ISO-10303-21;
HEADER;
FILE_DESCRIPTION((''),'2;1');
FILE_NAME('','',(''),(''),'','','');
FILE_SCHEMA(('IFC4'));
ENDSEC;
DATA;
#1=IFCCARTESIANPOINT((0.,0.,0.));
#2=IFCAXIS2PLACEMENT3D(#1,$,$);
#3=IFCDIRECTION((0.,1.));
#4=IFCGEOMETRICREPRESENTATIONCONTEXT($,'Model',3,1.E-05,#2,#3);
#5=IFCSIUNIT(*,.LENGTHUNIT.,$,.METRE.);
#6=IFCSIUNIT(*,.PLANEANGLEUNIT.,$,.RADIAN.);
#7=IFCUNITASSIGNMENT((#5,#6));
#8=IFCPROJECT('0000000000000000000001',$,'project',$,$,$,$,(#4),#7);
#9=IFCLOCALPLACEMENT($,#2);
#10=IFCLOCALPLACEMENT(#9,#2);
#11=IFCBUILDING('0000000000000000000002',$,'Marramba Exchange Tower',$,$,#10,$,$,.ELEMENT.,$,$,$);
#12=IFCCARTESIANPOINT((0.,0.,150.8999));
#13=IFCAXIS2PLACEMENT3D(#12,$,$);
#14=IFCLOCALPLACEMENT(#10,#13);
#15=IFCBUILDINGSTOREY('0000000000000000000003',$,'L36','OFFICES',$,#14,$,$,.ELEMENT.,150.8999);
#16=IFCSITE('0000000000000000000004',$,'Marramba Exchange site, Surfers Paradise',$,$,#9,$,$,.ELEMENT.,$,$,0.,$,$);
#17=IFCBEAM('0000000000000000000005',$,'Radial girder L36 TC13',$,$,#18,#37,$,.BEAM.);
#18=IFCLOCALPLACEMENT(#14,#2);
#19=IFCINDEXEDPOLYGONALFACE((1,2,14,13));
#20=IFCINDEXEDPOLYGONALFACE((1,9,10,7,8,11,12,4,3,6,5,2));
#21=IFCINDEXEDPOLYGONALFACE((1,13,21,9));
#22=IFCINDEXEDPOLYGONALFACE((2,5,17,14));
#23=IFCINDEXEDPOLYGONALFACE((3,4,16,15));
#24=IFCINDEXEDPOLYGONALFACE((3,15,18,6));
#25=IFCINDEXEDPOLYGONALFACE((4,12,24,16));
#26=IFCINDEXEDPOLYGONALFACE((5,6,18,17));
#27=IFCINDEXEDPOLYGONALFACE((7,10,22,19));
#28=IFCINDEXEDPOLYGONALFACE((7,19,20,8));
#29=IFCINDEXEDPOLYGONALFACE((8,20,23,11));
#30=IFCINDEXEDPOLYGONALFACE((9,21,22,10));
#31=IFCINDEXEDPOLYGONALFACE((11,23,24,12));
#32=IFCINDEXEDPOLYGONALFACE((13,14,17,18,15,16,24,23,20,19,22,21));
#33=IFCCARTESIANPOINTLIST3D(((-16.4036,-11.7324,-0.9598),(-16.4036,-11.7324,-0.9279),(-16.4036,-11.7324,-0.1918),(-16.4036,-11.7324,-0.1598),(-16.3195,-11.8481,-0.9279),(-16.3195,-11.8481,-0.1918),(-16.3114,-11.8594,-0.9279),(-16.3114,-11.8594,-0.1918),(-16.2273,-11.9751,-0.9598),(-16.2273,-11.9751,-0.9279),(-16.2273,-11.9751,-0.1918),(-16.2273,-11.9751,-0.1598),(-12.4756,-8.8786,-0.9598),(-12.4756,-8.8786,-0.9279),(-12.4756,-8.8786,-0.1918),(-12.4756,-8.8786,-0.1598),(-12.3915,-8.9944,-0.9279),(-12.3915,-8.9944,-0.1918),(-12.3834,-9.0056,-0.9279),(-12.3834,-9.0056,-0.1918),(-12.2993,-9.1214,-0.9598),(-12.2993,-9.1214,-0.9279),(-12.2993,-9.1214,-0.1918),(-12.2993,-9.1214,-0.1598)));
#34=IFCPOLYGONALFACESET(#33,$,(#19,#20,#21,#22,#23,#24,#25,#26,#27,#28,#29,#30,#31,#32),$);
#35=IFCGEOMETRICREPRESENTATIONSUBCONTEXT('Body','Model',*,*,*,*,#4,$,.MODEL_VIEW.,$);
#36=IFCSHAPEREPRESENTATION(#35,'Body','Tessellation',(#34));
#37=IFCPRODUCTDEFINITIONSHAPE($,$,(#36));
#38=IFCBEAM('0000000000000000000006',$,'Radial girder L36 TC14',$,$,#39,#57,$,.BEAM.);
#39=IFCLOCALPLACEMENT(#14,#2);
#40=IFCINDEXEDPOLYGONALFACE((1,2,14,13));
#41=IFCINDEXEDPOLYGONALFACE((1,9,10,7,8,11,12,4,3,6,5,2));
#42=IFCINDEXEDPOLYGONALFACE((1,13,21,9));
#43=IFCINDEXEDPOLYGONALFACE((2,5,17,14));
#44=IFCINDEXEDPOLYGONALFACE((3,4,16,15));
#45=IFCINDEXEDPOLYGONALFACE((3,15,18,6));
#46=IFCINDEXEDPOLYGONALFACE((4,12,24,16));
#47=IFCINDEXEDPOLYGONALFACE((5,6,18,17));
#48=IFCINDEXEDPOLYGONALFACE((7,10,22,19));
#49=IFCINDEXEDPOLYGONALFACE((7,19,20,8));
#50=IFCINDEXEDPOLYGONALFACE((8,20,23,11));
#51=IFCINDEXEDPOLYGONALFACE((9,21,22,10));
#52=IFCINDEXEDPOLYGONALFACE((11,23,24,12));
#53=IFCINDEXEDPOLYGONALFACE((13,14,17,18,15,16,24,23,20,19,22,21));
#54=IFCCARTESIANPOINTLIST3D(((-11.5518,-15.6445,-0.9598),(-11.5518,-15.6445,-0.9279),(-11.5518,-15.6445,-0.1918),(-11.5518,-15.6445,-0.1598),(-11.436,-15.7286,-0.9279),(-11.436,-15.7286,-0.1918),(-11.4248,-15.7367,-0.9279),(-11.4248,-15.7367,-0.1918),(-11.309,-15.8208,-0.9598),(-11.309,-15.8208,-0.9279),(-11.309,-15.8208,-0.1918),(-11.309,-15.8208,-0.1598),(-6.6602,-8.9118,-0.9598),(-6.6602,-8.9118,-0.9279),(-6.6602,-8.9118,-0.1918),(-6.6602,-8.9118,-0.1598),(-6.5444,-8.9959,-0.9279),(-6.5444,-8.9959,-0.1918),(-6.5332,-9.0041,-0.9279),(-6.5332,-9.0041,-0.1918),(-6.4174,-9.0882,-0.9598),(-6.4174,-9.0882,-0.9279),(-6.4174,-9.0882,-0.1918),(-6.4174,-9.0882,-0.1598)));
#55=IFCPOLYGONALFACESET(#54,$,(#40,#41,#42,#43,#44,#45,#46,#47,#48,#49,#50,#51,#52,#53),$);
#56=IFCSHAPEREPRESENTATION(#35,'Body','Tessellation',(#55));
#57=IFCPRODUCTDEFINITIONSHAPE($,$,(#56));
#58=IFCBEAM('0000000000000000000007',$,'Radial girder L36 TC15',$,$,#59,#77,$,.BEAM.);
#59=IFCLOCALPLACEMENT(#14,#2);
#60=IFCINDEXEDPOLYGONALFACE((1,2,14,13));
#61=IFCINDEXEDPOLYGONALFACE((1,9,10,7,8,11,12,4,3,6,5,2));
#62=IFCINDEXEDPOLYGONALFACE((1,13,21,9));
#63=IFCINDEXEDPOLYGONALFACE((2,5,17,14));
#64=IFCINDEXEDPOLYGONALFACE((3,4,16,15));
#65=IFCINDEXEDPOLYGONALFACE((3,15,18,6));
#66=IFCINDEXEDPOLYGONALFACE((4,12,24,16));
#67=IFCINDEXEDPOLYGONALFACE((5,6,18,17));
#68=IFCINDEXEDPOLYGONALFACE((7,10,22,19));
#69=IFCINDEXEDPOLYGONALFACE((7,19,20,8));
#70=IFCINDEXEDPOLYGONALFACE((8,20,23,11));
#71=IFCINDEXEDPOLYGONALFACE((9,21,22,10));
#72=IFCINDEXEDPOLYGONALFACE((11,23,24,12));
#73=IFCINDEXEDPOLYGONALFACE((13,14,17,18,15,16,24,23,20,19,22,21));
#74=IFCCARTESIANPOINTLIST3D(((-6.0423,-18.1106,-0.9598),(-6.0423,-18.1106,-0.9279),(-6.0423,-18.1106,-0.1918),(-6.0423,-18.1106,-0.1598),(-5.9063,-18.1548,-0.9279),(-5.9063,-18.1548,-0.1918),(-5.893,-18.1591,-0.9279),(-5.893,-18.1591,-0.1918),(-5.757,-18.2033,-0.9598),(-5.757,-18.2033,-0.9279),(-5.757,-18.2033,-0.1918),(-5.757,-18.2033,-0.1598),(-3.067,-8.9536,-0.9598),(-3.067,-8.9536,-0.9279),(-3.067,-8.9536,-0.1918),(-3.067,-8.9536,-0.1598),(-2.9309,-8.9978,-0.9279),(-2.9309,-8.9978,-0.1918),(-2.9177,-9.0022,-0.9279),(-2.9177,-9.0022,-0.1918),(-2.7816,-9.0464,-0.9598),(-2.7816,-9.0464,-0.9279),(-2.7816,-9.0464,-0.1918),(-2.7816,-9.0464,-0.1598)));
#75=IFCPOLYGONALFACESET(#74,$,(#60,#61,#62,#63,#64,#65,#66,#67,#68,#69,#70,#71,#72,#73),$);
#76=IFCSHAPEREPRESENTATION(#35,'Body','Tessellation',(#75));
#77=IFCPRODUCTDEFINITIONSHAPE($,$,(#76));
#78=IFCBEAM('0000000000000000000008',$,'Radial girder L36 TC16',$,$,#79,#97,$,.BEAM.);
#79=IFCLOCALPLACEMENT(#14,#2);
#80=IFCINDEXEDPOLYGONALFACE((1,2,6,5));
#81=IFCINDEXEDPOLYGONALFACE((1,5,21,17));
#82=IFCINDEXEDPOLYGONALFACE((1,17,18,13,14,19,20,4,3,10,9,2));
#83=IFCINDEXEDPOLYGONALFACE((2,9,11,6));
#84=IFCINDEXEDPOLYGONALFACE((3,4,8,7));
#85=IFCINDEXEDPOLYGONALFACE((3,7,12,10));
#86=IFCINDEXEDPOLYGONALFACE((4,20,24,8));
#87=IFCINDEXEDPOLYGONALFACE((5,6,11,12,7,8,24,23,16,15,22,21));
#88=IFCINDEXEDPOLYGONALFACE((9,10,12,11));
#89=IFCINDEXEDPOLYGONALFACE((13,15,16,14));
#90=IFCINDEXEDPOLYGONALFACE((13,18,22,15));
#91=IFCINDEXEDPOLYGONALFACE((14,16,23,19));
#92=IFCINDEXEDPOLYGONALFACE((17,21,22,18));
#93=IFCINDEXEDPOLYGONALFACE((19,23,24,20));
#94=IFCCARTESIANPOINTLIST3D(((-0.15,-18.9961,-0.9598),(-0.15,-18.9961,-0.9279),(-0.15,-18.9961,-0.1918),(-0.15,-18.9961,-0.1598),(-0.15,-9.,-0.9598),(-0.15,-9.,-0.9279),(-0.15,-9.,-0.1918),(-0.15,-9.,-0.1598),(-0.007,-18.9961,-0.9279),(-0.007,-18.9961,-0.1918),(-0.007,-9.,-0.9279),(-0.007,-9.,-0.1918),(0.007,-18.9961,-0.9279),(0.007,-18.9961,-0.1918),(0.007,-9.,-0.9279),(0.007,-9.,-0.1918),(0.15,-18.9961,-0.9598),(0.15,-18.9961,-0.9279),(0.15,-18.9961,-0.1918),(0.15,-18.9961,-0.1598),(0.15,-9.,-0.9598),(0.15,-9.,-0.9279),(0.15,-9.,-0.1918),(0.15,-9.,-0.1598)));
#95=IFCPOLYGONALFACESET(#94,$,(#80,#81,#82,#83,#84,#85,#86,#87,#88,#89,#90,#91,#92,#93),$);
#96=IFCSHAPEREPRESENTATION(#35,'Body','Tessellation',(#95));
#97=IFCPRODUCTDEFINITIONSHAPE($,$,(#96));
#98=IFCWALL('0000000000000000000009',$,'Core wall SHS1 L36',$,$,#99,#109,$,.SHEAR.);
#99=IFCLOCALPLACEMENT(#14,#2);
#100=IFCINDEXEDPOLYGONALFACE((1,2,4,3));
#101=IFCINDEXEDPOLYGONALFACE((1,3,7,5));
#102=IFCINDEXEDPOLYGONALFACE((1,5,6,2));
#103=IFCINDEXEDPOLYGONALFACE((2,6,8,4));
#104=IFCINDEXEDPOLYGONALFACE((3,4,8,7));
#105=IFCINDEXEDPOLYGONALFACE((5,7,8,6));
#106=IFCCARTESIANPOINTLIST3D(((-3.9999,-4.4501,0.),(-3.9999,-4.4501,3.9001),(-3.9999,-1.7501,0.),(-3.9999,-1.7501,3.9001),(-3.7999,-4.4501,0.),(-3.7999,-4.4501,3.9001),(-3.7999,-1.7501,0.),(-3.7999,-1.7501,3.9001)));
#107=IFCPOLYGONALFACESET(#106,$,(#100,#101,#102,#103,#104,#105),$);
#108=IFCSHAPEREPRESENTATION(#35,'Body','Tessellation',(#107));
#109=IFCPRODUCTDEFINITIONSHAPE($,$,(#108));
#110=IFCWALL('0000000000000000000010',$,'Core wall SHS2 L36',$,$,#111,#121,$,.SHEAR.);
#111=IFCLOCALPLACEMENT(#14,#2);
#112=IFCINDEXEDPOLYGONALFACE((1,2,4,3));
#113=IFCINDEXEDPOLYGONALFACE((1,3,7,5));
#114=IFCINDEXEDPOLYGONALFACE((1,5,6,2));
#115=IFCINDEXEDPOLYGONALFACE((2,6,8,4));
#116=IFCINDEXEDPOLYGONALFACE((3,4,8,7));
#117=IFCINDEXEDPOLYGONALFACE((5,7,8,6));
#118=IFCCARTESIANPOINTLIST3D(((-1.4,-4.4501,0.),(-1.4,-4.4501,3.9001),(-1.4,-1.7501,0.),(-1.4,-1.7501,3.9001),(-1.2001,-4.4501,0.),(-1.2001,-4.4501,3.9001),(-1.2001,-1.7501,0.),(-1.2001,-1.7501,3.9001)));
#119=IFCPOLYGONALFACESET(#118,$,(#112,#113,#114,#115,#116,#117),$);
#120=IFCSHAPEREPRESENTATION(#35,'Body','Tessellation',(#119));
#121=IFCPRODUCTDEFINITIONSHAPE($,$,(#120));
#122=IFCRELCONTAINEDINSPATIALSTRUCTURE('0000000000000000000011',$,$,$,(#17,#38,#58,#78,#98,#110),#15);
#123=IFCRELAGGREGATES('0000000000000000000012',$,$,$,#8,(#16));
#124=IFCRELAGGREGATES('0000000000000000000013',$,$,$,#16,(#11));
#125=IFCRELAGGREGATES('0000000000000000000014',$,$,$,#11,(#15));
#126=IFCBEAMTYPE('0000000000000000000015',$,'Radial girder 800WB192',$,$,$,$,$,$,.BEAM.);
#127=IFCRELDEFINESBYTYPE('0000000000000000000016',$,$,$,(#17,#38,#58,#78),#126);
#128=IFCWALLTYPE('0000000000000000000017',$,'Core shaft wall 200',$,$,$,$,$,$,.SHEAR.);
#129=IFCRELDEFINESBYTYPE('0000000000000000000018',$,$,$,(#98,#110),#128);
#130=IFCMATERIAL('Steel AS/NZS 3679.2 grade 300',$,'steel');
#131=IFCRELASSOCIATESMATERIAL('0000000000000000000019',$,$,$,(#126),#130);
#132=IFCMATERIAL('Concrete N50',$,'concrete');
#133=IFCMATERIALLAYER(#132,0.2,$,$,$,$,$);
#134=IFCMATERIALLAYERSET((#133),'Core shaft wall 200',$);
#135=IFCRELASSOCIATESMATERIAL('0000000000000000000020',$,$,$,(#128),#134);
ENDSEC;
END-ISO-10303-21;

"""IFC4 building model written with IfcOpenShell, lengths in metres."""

from ifc_helpers import new_model, si_unit, direction, frame, frame_2d, origin, origin_2d, place, context, subcontext, project, spatial, rectangle, i_section, extrude, material, layer, layer_set, material_profile, profile_set, type_object, element, save


model = new_model("IFC4")

# Units and contexts
model_context = context("Model", 3, precision=1e-05, world=origin(), true_north=direction((0.0, 1.0)))
body_context = subcontext(model_context, "Body", "Model", "MODEL_VIEW")
ifc_project = project(units=[si_unit("LENGTHUNIT", "METRE"), si_unit("PLANEANGLEUNIT", "RADIAN")], contexts=[model_context])

# Site, building, storey
site_placement = place(None, origin())
site = spatial("IfcSite", under=ifc_project, at=site_placement, Name="Marramba Exchange site, Surfers Paradise", CompositionType="ELEMENT", RefElevation=0.0)
building_placement = place(site_placement, origin())
building = spatial("IfcBuilding", under=site, at=building_placement, Name="Marramba Exchange Tower", CompositionType="ELEMENT")
storey_placement = place(building_placement, frame((0.0, 0.0, 150.8999)))
storey = spatial("IfcBuildingStorey", under=building, at=storey_placement, Name="L36", Description="OFFICES", CompositionType="ELEMENT", Elevation=150.8999)

# Beams
ifc_material_1 = material(Name="Steel AS/NZS 3679.2 grade 300", Category="steel")
ifc_material_profile = material_profile(ifc_material_1, i_section(OverallWidth=0.3, OverallDepth=0.8, WebThickness=0.0139, FlangeThickness=0.032, at=origin_2d()), Name="800WB192")
ifc_profile_set = profile_set([ifc_material_profile], Name="Steel AS/NZS 3679.2 grade 300")
beam_type = type_object("IfcBeamType", Name="Radial girder 800WB192", PredefinedType="BEAM", material=ifc_profile_set)
beam_1_placement = place(storey_placement, frame((-12.3875, -9.0, -0.5598), z_axis=(-0.809025, -0.587774, 0.0), x_axis=(0.587774, -0.809025, 0.0)))
element("IfcBeam", 1, at=beam_1_placement, inside=storey, type_object=beam_type, Name="Radial girder L36 TC13", PredefinedType="BEAM", context=body_context, shape_type="SweptSolid", body=[
    extrude(i_section(OverallWidth=0.3, OverallDepth=0.8, WebThickness=0.0139, FlangeThickness=0.032, at=origin_2d()), origin(), (0.0, 0.0, 1.0), 4.8552),
])
beam_2_placement = place(storey_placement, frame((-6.5388, -9.0, -0.5598), z_axis=(-0.587788, -0.809015, 0.0), x_axis=(0.809015, -0.587788, 0.0)))
element("IfcBeam", 2, at=beam_2_placement, inside=storey, type_object=beam_type, Name="Radial girder L36 TC14", PredefinedType="BEAM", context=body_context, shape_type="SweptSolid", body=[
    extrude(i_section(OverallWidth=0.3, OverallDepth=0.8, WebThickness=0.0139, FlangeThickness=0.032, at=origin_2d()), origin(), (0.0, 0.0, 1.0), 8.322),
])
beam_3_placement = place(storey_placement, frame((-2.9243, -9.0, -0.5598), z_axis=(-0.309022, -0.951055, 0.0), x_axis=(0.951055, -0.309022, 0.0)))
element("IfcBeam", 3, at=beam_3_placement, inside=storey, type_object=beam_type, Name="Radial girder L36 TC15", PredefinedType="BEAM", context=body_context, shape_type="SweptSolid", body=[
    extrude(i_section(OverallWidth=0.3, OverallDepth=0.8, WebThickness=0.0139, FlangeThickness=0.032, at=origin_2d()), origin(), (0.0, 0.0, 1.0), 9.6282),
])
beam_4_placement = place(storey_placement, frame((0.0, -9.0, -0.5598), z_axis=(0.0, -1.0, 0.0), x_axis=(1.0, 0.0, 0.0)))
element("IfcBeam", 4, at=beam_4_placement, inside=storey, type_object=beam_type, Name="Radial girder L36 TC16", PredefinedType="BEAM", context=body_context, shape_type="SweptSolid", body=[
    extrude(i_section(OverallWidth=0.3, OverallDepth=0.8, WebThickness=0.0139, FlangeThickness=0.032, at=origin_2d()), origin(), (0.0, 0.0, 1.0), 9.9961),
])

# Walls
ifc_material_2 = material(Name="Concrete N50", Category="concrete")
ifc_layer_1 = layer(ifc_material_2, 0.2)
ifc_layer_set_1 = layer_set([ifc_layer_1], Name="Core shaft wall 200")
wall_type_1 = type_object("IfcWallType", Name="Core shaft wall 200", PredefinedType="SHEAR", material=ifc_layer_set_1)
for number, where, z_axis, x_axis, name in (
    (5, (-3.8999, -1.75, 0.0), (0.0, 0.0, 1.0), (0.0, -1.0, 0.0), "Core wall SHS1 L36"),
    (6, (-1.3, -1.75, 0.0), (0.0, 0.0, 1.0), (0.0, -1.0, 0.0), "Core wall SHS2 L36"),
):
    element("IfcWall", number, at=place(storey_placement, frame(where, z_axis=z_axis, x_axis=x_axis)), inside=storey, type_object=wall_type_1, Name=name, PredefinedType="SHEAR", context=body_context, shape_type="SweptSolid", body=[
        extrude(rectangle(XDim=2.7, YDim=0.2, at=frame_2d((1.3501, 0.0))), origin(), (0.0, 0.0, 1.0), 3.9001),
    ])

save(model, "model.ifc")
